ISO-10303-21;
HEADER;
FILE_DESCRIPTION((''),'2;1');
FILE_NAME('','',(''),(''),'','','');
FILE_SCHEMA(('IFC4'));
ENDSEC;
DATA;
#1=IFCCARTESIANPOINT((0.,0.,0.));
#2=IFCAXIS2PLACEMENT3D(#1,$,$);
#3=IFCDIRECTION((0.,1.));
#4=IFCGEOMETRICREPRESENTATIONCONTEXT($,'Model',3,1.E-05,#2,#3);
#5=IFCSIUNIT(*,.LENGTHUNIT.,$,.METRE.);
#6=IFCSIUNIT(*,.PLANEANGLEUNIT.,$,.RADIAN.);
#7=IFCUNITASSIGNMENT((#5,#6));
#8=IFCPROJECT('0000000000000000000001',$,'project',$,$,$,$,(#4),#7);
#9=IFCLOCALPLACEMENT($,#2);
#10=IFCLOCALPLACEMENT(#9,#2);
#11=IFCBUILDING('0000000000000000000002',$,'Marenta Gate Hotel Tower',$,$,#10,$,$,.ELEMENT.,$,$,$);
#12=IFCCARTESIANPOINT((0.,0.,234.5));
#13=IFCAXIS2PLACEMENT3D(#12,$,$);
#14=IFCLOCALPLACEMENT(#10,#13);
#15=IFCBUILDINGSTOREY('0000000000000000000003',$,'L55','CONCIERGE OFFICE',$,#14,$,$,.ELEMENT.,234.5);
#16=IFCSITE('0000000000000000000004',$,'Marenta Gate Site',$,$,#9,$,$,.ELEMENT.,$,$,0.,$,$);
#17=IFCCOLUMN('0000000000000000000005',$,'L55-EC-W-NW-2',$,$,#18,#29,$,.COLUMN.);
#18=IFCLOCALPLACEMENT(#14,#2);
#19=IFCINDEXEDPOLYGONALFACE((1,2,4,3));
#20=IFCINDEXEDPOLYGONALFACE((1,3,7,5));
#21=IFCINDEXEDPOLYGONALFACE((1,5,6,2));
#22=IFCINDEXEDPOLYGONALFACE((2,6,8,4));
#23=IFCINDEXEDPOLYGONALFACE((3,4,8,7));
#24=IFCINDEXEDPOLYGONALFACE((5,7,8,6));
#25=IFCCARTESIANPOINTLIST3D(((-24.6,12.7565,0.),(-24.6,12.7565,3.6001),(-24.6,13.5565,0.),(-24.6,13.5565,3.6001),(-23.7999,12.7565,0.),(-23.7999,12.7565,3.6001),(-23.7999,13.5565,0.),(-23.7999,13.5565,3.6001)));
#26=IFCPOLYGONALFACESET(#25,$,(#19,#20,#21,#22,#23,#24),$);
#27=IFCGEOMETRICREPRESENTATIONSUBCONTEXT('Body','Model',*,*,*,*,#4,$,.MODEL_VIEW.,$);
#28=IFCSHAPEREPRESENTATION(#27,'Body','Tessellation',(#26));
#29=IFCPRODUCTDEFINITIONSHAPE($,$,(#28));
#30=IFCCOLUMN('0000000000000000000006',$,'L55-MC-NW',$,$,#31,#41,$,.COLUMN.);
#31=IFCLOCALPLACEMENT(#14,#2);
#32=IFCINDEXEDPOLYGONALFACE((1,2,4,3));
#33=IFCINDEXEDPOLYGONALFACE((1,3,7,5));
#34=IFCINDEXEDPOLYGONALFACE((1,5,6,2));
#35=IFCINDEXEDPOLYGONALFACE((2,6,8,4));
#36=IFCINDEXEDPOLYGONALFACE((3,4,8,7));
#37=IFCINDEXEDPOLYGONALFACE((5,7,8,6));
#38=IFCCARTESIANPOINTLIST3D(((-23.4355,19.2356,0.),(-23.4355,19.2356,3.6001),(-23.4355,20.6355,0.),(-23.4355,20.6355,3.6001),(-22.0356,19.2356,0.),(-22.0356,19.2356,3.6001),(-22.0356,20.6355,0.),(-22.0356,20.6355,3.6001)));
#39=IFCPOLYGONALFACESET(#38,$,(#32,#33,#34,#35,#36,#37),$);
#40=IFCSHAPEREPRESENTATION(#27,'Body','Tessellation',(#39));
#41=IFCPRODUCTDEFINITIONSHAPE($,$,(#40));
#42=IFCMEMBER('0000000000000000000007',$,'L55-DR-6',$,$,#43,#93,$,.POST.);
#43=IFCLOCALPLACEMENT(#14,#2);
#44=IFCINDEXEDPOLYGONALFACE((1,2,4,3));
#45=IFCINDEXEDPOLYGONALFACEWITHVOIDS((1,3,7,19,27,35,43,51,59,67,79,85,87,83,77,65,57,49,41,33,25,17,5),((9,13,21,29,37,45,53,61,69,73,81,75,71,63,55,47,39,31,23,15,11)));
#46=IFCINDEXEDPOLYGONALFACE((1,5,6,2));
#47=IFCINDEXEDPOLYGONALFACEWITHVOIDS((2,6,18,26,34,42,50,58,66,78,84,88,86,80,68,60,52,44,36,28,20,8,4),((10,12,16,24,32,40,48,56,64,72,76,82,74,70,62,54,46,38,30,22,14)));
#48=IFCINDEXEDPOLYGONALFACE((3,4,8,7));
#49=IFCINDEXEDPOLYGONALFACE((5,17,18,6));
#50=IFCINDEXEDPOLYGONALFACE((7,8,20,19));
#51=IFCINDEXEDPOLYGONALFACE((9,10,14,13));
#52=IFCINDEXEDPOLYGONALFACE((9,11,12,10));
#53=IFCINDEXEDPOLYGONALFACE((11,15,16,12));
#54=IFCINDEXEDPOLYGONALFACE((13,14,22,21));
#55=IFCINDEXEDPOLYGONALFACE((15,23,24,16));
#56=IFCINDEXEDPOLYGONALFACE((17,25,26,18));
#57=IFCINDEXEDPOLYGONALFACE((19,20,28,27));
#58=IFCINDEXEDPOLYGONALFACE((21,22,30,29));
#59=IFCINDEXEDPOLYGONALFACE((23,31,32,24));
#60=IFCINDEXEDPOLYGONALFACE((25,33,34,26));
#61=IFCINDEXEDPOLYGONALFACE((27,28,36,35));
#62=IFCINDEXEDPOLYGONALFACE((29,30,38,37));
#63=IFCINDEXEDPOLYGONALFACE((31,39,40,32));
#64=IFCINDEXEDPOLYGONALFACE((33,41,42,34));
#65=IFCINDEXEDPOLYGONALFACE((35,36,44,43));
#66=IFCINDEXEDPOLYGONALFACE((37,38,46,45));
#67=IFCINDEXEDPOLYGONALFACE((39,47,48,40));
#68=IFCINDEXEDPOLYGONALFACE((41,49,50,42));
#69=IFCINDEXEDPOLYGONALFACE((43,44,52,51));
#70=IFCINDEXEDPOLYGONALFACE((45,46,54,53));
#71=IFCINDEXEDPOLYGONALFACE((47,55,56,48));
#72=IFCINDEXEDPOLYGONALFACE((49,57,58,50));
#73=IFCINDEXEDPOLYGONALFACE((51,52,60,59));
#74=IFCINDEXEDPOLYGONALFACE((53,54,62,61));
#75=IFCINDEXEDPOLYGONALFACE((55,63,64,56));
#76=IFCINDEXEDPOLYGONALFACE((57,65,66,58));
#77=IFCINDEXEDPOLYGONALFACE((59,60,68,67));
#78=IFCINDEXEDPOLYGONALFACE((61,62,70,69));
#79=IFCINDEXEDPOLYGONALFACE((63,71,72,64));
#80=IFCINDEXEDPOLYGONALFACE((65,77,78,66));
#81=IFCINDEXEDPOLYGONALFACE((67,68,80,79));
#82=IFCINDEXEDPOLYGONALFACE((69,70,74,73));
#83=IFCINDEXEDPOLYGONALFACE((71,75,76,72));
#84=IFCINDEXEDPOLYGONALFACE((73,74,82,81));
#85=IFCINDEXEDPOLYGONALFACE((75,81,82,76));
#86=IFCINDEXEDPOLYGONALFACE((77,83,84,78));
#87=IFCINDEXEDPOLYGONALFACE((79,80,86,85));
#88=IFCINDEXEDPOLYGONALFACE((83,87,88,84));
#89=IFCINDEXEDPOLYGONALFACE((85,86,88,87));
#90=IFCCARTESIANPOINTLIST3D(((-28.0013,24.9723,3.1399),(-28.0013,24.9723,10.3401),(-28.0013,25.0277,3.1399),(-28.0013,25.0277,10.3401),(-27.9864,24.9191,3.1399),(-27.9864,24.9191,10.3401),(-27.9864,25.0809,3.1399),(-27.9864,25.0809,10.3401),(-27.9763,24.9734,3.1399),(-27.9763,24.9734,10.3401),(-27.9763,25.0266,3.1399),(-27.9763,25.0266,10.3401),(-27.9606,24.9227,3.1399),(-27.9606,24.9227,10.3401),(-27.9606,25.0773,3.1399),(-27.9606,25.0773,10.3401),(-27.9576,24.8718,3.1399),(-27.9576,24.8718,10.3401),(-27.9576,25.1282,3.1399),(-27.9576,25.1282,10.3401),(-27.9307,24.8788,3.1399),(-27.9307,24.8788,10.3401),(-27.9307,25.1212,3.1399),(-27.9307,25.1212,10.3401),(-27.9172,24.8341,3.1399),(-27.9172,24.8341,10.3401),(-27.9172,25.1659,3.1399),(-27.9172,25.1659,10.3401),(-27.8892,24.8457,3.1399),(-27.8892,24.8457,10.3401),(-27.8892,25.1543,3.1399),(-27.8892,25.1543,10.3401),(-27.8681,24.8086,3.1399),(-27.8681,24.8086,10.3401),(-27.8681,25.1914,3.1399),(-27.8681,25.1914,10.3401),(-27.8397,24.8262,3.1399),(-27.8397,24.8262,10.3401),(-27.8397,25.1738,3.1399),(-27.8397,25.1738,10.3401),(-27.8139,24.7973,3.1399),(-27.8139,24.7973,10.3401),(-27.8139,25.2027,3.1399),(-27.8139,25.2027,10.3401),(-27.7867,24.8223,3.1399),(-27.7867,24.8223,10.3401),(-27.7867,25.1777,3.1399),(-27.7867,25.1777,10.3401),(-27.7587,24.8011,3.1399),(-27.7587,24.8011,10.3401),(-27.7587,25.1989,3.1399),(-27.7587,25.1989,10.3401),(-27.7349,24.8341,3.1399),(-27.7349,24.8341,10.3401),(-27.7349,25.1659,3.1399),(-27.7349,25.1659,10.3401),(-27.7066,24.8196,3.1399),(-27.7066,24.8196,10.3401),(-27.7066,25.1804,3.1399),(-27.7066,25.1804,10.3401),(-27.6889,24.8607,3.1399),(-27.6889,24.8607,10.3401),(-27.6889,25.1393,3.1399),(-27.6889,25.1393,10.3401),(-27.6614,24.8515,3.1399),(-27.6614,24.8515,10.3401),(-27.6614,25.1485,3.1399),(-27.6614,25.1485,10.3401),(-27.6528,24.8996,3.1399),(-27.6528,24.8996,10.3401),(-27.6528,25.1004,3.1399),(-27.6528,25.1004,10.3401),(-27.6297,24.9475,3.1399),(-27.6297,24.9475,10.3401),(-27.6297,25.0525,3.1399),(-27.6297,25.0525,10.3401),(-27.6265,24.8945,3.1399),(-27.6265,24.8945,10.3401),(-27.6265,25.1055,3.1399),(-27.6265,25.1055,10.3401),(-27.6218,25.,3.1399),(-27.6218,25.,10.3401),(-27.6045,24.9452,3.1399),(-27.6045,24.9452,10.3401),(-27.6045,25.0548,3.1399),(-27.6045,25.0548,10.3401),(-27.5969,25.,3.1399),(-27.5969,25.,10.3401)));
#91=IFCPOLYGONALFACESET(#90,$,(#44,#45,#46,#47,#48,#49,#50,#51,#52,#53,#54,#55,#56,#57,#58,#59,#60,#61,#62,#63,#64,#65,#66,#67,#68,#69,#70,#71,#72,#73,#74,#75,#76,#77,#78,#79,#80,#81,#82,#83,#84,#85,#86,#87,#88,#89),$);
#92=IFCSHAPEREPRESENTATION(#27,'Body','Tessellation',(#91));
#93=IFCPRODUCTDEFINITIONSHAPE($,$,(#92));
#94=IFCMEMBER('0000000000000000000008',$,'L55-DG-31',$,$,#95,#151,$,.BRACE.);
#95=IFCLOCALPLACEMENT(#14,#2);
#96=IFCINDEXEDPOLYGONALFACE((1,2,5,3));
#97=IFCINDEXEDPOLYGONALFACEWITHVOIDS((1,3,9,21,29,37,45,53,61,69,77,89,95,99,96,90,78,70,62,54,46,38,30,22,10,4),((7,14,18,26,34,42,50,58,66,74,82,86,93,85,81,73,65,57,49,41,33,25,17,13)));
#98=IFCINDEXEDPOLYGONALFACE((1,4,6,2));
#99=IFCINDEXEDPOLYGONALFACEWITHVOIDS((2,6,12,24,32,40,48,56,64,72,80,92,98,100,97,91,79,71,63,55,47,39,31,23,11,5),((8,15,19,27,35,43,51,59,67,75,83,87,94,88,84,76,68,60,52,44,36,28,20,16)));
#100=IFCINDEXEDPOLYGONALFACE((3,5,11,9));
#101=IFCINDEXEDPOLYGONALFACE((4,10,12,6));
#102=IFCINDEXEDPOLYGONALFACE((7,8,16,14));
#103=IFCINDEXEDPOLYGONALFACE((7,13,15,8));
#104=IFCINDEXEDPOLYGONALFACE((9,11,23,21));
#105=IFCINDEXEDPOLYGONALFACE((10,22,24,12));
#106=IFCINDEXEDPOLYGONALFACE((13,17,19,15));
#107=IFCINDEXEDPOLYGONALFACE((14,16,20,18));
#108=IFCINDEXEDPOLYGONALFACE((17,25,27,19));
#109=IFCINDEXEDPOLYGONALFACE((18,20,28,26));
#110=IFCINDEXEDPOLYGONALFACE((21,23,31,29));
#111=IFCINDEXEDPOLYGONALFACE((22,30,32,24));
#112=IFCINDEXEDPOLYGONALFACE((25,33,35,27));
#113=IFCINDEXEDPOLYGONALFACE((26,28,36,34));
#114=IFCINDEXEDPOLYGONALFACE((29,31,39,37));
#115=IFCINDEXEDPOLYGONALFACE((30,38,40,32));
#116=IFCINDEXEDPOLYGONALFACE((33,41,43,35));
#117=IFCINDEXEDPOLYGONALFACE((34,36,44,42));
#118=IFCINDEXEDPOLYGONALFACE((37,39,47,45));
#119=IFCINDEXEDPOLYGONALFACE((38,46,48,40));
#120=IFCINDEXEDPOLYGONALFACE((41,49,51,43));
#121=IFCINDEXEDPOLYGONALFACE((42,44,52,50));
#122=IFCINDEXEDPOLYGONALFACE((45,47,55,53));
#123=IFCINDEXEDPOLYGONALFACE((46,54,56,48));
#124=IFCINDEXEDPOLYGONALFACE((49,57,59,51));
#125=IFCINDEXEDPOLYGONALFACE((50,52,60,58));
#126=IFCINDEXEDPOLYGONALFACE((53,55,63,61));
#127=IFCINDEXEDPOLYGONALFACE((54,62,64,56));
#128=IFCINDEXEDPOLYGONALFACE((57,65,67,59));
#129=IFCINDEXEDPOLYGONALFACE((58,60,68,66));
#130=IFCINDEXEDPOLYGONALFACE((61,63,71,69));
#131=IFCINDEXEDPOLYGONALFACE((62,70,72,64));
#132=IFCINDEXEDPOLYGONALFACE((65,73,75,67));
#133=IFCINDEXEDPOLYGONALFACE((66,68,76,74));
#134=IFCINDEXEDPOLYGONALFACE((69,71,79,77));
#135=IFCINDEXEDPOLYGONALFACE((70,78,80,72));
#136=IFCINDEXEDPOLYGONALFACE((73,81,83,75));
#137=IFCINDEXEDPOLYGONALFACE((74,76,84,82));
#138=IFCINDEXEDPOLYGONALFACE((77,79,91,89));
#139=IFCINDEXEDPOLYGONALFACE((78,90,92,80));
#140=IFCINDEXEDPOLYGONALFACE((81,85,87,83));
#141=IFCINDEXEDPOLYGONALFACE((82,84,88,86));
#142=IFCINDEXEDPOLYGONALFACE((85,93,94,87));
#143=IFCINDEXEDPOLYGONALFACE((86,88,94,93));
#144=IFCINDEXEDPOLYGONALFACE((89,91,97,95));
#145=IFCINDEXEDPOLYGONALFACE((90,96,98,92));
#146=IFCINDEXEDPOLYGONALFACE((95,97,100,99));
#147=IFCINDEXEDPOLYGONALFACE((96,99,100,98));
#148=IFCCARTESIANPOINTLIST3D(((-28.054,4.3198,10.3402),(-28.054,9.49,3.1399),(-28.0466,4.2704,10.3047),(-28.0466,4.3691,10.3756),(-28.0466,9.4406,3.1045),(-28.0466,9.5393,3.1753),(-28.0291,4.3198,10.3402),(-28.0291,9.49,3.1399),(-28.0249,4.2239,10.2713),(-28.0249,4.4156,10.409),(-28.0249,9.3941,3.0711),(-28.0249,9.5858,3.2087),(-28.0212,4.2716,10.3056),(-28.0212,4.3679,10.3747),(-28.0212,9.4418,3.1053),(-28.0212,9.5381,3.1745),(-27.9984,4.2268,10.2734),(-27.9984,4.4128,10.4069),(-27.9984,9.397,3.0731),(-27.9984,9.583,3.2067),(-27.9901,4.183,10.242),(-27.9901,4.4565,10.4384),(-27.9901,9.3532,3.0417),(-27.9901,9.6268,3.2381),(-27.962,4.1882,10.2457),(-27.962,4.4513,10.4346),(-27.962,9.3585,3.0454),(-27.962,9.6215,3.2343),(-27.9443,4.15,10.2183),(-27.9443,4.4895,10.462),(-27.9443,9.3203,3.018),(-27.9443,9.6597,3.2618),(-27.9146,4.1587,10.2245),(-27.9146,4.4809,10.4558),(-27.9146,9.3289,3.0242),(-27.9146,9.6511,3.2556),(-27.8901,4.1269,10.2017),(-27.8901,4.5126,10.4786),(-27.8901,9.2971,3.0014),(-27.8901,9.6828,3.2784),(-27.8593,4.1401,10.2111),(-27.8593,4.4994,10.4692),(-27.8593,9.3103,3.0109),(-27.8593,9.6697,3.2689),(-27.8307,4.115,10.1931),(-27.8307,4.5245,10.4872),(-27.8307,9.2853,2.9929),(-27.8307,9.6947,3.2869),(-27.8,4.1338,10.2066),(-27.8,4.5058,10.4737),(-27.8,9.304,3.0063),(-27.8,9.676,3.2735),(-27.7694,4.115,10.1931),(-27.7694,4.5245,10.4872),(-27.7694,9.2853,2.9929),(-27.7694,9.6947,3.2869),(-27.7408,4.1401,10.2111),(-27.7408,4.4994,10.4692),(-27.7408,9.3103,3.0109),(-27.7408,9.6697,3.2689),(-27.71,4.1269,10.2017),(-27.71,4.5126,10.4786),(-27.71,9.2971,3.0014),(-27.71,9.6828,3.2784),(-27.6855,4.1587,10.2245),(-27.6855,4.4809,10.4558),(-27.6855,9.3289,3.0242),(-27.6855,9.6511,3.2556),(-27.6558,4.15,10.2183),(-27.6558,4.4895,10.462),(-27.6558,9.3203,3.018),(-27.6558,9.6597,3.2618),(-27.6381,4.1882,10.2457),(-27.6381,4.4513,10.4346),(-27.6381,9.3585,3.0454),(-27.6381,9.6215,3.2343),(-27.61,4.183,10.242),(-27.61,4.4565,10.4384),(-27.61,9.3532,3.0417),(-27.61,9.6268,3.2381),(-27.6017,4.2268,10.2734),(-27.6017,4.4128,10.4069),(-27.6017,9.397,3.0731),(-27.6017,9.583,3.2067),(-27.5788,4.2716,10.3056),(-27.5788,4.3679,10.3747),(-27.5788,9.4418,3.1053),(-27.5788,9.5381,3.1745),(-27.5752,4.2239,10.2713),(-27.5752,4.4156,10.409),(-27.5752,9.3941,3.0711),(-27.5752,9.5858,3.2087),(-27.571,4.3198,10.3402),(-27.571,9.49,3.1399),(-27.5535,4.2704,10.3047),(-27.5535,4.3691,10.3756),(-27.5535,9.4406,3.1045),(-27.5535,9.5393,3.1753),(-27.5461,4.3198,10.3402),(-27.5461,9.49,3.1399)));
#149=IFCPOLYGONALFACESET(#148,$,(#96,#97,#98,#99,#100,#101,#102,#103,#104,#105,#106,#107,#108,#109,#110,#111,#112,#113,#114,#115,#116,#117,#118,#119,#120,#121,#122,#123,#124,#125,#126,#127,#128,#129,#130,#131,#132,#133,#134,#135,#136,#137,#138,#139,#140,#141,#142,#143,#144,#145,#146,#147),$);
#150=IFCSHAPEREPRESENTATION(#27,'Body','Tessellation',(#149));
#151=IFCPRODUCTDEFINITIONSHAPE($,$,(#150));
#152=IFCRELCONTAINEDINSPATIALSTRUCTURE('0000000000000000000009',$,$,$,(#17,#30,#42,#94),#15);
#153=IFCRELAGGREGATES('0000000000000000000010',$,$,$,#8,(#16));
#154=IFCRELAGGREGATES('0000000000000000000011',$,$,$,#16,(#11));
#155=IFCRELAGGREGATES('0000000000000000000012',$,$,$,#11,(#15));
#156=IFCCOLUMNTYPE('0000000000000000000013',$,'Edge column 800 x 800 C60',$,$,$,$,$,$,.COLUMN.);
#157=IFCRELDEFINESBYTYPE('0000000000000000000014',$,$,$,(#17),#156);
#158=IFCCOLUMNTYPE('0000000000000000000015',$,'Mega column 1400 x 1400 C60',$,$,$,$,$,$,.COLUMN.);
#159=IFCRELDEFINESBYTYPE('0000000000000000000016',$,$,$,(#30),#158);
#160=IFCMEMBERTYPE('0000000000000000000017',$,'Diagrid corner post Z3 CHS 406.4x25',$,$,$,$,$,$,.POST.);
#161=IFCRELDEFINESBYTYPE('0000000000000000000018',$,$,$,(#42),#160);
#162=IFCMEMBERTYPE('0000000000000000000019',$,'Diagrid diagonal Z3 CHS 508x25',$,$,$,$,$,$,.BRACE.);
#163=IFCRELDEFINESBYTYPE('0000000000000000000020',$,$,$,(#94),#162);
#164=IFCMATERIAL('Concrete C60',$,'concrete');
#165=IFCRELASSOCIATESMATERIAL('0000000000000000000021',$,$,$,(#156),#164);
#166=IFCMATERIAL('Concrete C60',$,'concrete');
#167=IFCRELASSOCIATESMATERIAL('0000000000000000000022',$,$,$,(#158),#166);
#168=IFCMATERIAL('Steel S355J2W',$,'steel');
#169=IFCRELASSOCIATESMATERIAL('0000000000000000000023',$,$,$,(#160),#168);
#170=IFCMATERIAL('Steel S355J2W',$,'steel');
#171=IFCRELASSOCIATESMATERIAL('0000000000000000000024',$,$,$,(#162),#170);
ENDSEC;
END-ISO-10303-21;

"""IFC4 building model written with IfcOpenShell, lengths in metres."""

from ifc_helpers import new_model, si_unit, direction, frame, origin, origin_2d, place, context, subcontext, project, spatial, rectangle, hollow_circle, extrude, material, material_profile, profile_set, type_object, element, save


model = new_model("IFC4")

# Units and contexts
model_context = context("Model", 3, precision=1e-05, world=origin(), true_north=direction((0.0, 1.0)))
body_context = subcontext(model_context, "Body", "Model", "MODEL_VIEW")
ifc_project = project(units=[si_unit("LENGTHUNIT", "METRE"), si_unit("PLANEANGLEUNIT", "RADIAN")], contexts=[model_context])

# Site, building, storey
site_placement = place(None, origin())
site = spatial("IfcSite", under=ifc_project, at=site_placement, Name="Marenta Gate Site", CompositionType="ELEMENT", RefElevation=0.0)
building_placement = place(site_placement, origin())
building = spatial("IfcBuilding", under=site, at=building_placement, Name="Marenta Gate Hotel Tower", CompositionType="ELEMENT")
storey_placement = place(building_placement, frame((0.0, 0.0, 234.5)))
storey = spatial("IfcBuildingStorey", under=building, at=storey_placement, Name="L55", Description="CONCIERGE OFFICE", CompositionType="ELEMENT", Elevation=234.5)

# Columns
ifc_material_1 = material(Name="Concrete C60", Category="concrete")
ifc_material_profile_1 = material_profile(ifc_material_1, rectangle(XDim=0.8, YDim=0.8, at=origin_2d()), Name="800 x 800")
ifc_profile_set_1 = profile_set([ifc_material_profile_1], Name="Concrete C60")
column_type_1 = type_object("IfcColumnType", Name="Edge column 800 x 800 C60", PredefinedType="COLUMN", material=ifc_profile_set_1)
column_1_placement = place(storey_placement, frame((-24.2, 13.1565, 0.0), z_axis=(0.0, 0.0, 1.0), x_axis=(1.0, 0.0, 0.0)))
element("IfcColumn", 1, at=column_1_placement, inside=storey, type_object=column_type_1, Name="L55-EC-W-NW-2", PredefinedType="COLUMN", context=body_context, shape_type="SweptSolid", body=[
    extrude(rectangle(XDim=0.8, YDim=0.8, at=origin_2d()), origin(), (0.0, 0.0, 1.0), 3.6001),
])
ifc_material_2 = material(Name="Concrete C60", Category="concrete")
ifc_material_profile_2 = material_profile(ifc_material_2, rectangle(XDim=1.3999, YDim=1.3999, at=origin_2d()), Name="1400 x 1400")
ifc_profile_set_2 = profile_set([ifc_material_profile_2], Name="Concrete C60")
column_type_2 = type_object("IfcColumnType", Name="Mega column 1400 x 1400 C60", PredefinedType="COLUMN", material=ifc_profile_set_2)
column_2_placement = place(storey_placement, frame((-22.7356, 19.9355, 0.0), z_axis=(0.0, 0.0, 1.0), x_axis=(1.0, 0.0, 0.0)))
element("IfcColumn", 2, at=column_2_placement, inside=storey, type_object=column_type_2, Name="L55-MC-NW", PredefinedType="COLUMN", context=body_context, shape_type="SweptSolid", body=[
    extrude(rectangle(XDim=1.3999, YDim=1.3999, at=origin_2d()), origin(), (0.0, 0.0, 1.0), 3.6001),
])

# Members
ifc_material_3 = material(Name="Steel S355J2W", Category="steel")
ifc_material_profile_3 = material_profile(ifc_material_3, hollow_circle(Radius=0.2031, WallThickness=0.0249, at=origin_2d()), Name="CHS 406.4x25")
ifc_profile_set_3 = profile_set([ifc_material_profile_3], Name="Steel S355J2W")
member_type_1 = type_object("IfcMemberType", Name="Diagrid corner post Z3 CHS 406.4x25", PredefinedType="POST", material=ifc_profile_set_3)
member_1_placement = place(storey_placement, frame((-27.8, 25.0, 3.1399), z_axis=(0.0, 0.0, 1.0), x_axis=(1.0, 0.0, 0.0)))
element("IfcMember", 3, at=member_1_placement, inside=storey, type_object=member_type_1, Name="L55-DR-6", PredefinedType="POST", context=body_context, shape_type="SweptSolid", body=[
    extrude(hollow_circle(Radius=0.2031, WallThickness=0.0249, at=origin_2d()), origin(), (0.0, 0.0, 1.0), 7.2002),
])
ifc_material_4 = material(Name="Steel S355J2W", Category="steel")
ifc_material_profile_4 = material_profile(ifc_material_4, hollow_circle(Radius=0.2539, WallThickness=0.0249, at=origin_2d()), Name="CHS 508x25")
ifc_profile_set_4 = profile_set([ifc_material_profile_4], Name="Steel S355J2W")
member_type_2 = type_object("IfcMemberType", Name="Diagrid diagonal Z3 CHS 508x25", PredefinedType="BRACE", material=ifc_profile_set_4)
member_2_placement = place(storey_placement, frame((-27.8, 9.49, 3.1399), z_axis=(0.0, -0.583266, 0.812281), x_axis=(1.0, 0.0, 0.0)))
element("IfcMember", 4, at=member_2_placement, inside=storey, type_object=member_type_2, Name="L55-DG-31", PredefinedType="BRACE", context=body_context, shape_type="SweptSolid", body=[
    extrude(hollow_circle(Radius=0.2539, WallThickness=0.0249, at=origin_2d()), origin(), (0.0, 0.0, 1.0), 8.8643),
])

save(model, "model.ifc")
